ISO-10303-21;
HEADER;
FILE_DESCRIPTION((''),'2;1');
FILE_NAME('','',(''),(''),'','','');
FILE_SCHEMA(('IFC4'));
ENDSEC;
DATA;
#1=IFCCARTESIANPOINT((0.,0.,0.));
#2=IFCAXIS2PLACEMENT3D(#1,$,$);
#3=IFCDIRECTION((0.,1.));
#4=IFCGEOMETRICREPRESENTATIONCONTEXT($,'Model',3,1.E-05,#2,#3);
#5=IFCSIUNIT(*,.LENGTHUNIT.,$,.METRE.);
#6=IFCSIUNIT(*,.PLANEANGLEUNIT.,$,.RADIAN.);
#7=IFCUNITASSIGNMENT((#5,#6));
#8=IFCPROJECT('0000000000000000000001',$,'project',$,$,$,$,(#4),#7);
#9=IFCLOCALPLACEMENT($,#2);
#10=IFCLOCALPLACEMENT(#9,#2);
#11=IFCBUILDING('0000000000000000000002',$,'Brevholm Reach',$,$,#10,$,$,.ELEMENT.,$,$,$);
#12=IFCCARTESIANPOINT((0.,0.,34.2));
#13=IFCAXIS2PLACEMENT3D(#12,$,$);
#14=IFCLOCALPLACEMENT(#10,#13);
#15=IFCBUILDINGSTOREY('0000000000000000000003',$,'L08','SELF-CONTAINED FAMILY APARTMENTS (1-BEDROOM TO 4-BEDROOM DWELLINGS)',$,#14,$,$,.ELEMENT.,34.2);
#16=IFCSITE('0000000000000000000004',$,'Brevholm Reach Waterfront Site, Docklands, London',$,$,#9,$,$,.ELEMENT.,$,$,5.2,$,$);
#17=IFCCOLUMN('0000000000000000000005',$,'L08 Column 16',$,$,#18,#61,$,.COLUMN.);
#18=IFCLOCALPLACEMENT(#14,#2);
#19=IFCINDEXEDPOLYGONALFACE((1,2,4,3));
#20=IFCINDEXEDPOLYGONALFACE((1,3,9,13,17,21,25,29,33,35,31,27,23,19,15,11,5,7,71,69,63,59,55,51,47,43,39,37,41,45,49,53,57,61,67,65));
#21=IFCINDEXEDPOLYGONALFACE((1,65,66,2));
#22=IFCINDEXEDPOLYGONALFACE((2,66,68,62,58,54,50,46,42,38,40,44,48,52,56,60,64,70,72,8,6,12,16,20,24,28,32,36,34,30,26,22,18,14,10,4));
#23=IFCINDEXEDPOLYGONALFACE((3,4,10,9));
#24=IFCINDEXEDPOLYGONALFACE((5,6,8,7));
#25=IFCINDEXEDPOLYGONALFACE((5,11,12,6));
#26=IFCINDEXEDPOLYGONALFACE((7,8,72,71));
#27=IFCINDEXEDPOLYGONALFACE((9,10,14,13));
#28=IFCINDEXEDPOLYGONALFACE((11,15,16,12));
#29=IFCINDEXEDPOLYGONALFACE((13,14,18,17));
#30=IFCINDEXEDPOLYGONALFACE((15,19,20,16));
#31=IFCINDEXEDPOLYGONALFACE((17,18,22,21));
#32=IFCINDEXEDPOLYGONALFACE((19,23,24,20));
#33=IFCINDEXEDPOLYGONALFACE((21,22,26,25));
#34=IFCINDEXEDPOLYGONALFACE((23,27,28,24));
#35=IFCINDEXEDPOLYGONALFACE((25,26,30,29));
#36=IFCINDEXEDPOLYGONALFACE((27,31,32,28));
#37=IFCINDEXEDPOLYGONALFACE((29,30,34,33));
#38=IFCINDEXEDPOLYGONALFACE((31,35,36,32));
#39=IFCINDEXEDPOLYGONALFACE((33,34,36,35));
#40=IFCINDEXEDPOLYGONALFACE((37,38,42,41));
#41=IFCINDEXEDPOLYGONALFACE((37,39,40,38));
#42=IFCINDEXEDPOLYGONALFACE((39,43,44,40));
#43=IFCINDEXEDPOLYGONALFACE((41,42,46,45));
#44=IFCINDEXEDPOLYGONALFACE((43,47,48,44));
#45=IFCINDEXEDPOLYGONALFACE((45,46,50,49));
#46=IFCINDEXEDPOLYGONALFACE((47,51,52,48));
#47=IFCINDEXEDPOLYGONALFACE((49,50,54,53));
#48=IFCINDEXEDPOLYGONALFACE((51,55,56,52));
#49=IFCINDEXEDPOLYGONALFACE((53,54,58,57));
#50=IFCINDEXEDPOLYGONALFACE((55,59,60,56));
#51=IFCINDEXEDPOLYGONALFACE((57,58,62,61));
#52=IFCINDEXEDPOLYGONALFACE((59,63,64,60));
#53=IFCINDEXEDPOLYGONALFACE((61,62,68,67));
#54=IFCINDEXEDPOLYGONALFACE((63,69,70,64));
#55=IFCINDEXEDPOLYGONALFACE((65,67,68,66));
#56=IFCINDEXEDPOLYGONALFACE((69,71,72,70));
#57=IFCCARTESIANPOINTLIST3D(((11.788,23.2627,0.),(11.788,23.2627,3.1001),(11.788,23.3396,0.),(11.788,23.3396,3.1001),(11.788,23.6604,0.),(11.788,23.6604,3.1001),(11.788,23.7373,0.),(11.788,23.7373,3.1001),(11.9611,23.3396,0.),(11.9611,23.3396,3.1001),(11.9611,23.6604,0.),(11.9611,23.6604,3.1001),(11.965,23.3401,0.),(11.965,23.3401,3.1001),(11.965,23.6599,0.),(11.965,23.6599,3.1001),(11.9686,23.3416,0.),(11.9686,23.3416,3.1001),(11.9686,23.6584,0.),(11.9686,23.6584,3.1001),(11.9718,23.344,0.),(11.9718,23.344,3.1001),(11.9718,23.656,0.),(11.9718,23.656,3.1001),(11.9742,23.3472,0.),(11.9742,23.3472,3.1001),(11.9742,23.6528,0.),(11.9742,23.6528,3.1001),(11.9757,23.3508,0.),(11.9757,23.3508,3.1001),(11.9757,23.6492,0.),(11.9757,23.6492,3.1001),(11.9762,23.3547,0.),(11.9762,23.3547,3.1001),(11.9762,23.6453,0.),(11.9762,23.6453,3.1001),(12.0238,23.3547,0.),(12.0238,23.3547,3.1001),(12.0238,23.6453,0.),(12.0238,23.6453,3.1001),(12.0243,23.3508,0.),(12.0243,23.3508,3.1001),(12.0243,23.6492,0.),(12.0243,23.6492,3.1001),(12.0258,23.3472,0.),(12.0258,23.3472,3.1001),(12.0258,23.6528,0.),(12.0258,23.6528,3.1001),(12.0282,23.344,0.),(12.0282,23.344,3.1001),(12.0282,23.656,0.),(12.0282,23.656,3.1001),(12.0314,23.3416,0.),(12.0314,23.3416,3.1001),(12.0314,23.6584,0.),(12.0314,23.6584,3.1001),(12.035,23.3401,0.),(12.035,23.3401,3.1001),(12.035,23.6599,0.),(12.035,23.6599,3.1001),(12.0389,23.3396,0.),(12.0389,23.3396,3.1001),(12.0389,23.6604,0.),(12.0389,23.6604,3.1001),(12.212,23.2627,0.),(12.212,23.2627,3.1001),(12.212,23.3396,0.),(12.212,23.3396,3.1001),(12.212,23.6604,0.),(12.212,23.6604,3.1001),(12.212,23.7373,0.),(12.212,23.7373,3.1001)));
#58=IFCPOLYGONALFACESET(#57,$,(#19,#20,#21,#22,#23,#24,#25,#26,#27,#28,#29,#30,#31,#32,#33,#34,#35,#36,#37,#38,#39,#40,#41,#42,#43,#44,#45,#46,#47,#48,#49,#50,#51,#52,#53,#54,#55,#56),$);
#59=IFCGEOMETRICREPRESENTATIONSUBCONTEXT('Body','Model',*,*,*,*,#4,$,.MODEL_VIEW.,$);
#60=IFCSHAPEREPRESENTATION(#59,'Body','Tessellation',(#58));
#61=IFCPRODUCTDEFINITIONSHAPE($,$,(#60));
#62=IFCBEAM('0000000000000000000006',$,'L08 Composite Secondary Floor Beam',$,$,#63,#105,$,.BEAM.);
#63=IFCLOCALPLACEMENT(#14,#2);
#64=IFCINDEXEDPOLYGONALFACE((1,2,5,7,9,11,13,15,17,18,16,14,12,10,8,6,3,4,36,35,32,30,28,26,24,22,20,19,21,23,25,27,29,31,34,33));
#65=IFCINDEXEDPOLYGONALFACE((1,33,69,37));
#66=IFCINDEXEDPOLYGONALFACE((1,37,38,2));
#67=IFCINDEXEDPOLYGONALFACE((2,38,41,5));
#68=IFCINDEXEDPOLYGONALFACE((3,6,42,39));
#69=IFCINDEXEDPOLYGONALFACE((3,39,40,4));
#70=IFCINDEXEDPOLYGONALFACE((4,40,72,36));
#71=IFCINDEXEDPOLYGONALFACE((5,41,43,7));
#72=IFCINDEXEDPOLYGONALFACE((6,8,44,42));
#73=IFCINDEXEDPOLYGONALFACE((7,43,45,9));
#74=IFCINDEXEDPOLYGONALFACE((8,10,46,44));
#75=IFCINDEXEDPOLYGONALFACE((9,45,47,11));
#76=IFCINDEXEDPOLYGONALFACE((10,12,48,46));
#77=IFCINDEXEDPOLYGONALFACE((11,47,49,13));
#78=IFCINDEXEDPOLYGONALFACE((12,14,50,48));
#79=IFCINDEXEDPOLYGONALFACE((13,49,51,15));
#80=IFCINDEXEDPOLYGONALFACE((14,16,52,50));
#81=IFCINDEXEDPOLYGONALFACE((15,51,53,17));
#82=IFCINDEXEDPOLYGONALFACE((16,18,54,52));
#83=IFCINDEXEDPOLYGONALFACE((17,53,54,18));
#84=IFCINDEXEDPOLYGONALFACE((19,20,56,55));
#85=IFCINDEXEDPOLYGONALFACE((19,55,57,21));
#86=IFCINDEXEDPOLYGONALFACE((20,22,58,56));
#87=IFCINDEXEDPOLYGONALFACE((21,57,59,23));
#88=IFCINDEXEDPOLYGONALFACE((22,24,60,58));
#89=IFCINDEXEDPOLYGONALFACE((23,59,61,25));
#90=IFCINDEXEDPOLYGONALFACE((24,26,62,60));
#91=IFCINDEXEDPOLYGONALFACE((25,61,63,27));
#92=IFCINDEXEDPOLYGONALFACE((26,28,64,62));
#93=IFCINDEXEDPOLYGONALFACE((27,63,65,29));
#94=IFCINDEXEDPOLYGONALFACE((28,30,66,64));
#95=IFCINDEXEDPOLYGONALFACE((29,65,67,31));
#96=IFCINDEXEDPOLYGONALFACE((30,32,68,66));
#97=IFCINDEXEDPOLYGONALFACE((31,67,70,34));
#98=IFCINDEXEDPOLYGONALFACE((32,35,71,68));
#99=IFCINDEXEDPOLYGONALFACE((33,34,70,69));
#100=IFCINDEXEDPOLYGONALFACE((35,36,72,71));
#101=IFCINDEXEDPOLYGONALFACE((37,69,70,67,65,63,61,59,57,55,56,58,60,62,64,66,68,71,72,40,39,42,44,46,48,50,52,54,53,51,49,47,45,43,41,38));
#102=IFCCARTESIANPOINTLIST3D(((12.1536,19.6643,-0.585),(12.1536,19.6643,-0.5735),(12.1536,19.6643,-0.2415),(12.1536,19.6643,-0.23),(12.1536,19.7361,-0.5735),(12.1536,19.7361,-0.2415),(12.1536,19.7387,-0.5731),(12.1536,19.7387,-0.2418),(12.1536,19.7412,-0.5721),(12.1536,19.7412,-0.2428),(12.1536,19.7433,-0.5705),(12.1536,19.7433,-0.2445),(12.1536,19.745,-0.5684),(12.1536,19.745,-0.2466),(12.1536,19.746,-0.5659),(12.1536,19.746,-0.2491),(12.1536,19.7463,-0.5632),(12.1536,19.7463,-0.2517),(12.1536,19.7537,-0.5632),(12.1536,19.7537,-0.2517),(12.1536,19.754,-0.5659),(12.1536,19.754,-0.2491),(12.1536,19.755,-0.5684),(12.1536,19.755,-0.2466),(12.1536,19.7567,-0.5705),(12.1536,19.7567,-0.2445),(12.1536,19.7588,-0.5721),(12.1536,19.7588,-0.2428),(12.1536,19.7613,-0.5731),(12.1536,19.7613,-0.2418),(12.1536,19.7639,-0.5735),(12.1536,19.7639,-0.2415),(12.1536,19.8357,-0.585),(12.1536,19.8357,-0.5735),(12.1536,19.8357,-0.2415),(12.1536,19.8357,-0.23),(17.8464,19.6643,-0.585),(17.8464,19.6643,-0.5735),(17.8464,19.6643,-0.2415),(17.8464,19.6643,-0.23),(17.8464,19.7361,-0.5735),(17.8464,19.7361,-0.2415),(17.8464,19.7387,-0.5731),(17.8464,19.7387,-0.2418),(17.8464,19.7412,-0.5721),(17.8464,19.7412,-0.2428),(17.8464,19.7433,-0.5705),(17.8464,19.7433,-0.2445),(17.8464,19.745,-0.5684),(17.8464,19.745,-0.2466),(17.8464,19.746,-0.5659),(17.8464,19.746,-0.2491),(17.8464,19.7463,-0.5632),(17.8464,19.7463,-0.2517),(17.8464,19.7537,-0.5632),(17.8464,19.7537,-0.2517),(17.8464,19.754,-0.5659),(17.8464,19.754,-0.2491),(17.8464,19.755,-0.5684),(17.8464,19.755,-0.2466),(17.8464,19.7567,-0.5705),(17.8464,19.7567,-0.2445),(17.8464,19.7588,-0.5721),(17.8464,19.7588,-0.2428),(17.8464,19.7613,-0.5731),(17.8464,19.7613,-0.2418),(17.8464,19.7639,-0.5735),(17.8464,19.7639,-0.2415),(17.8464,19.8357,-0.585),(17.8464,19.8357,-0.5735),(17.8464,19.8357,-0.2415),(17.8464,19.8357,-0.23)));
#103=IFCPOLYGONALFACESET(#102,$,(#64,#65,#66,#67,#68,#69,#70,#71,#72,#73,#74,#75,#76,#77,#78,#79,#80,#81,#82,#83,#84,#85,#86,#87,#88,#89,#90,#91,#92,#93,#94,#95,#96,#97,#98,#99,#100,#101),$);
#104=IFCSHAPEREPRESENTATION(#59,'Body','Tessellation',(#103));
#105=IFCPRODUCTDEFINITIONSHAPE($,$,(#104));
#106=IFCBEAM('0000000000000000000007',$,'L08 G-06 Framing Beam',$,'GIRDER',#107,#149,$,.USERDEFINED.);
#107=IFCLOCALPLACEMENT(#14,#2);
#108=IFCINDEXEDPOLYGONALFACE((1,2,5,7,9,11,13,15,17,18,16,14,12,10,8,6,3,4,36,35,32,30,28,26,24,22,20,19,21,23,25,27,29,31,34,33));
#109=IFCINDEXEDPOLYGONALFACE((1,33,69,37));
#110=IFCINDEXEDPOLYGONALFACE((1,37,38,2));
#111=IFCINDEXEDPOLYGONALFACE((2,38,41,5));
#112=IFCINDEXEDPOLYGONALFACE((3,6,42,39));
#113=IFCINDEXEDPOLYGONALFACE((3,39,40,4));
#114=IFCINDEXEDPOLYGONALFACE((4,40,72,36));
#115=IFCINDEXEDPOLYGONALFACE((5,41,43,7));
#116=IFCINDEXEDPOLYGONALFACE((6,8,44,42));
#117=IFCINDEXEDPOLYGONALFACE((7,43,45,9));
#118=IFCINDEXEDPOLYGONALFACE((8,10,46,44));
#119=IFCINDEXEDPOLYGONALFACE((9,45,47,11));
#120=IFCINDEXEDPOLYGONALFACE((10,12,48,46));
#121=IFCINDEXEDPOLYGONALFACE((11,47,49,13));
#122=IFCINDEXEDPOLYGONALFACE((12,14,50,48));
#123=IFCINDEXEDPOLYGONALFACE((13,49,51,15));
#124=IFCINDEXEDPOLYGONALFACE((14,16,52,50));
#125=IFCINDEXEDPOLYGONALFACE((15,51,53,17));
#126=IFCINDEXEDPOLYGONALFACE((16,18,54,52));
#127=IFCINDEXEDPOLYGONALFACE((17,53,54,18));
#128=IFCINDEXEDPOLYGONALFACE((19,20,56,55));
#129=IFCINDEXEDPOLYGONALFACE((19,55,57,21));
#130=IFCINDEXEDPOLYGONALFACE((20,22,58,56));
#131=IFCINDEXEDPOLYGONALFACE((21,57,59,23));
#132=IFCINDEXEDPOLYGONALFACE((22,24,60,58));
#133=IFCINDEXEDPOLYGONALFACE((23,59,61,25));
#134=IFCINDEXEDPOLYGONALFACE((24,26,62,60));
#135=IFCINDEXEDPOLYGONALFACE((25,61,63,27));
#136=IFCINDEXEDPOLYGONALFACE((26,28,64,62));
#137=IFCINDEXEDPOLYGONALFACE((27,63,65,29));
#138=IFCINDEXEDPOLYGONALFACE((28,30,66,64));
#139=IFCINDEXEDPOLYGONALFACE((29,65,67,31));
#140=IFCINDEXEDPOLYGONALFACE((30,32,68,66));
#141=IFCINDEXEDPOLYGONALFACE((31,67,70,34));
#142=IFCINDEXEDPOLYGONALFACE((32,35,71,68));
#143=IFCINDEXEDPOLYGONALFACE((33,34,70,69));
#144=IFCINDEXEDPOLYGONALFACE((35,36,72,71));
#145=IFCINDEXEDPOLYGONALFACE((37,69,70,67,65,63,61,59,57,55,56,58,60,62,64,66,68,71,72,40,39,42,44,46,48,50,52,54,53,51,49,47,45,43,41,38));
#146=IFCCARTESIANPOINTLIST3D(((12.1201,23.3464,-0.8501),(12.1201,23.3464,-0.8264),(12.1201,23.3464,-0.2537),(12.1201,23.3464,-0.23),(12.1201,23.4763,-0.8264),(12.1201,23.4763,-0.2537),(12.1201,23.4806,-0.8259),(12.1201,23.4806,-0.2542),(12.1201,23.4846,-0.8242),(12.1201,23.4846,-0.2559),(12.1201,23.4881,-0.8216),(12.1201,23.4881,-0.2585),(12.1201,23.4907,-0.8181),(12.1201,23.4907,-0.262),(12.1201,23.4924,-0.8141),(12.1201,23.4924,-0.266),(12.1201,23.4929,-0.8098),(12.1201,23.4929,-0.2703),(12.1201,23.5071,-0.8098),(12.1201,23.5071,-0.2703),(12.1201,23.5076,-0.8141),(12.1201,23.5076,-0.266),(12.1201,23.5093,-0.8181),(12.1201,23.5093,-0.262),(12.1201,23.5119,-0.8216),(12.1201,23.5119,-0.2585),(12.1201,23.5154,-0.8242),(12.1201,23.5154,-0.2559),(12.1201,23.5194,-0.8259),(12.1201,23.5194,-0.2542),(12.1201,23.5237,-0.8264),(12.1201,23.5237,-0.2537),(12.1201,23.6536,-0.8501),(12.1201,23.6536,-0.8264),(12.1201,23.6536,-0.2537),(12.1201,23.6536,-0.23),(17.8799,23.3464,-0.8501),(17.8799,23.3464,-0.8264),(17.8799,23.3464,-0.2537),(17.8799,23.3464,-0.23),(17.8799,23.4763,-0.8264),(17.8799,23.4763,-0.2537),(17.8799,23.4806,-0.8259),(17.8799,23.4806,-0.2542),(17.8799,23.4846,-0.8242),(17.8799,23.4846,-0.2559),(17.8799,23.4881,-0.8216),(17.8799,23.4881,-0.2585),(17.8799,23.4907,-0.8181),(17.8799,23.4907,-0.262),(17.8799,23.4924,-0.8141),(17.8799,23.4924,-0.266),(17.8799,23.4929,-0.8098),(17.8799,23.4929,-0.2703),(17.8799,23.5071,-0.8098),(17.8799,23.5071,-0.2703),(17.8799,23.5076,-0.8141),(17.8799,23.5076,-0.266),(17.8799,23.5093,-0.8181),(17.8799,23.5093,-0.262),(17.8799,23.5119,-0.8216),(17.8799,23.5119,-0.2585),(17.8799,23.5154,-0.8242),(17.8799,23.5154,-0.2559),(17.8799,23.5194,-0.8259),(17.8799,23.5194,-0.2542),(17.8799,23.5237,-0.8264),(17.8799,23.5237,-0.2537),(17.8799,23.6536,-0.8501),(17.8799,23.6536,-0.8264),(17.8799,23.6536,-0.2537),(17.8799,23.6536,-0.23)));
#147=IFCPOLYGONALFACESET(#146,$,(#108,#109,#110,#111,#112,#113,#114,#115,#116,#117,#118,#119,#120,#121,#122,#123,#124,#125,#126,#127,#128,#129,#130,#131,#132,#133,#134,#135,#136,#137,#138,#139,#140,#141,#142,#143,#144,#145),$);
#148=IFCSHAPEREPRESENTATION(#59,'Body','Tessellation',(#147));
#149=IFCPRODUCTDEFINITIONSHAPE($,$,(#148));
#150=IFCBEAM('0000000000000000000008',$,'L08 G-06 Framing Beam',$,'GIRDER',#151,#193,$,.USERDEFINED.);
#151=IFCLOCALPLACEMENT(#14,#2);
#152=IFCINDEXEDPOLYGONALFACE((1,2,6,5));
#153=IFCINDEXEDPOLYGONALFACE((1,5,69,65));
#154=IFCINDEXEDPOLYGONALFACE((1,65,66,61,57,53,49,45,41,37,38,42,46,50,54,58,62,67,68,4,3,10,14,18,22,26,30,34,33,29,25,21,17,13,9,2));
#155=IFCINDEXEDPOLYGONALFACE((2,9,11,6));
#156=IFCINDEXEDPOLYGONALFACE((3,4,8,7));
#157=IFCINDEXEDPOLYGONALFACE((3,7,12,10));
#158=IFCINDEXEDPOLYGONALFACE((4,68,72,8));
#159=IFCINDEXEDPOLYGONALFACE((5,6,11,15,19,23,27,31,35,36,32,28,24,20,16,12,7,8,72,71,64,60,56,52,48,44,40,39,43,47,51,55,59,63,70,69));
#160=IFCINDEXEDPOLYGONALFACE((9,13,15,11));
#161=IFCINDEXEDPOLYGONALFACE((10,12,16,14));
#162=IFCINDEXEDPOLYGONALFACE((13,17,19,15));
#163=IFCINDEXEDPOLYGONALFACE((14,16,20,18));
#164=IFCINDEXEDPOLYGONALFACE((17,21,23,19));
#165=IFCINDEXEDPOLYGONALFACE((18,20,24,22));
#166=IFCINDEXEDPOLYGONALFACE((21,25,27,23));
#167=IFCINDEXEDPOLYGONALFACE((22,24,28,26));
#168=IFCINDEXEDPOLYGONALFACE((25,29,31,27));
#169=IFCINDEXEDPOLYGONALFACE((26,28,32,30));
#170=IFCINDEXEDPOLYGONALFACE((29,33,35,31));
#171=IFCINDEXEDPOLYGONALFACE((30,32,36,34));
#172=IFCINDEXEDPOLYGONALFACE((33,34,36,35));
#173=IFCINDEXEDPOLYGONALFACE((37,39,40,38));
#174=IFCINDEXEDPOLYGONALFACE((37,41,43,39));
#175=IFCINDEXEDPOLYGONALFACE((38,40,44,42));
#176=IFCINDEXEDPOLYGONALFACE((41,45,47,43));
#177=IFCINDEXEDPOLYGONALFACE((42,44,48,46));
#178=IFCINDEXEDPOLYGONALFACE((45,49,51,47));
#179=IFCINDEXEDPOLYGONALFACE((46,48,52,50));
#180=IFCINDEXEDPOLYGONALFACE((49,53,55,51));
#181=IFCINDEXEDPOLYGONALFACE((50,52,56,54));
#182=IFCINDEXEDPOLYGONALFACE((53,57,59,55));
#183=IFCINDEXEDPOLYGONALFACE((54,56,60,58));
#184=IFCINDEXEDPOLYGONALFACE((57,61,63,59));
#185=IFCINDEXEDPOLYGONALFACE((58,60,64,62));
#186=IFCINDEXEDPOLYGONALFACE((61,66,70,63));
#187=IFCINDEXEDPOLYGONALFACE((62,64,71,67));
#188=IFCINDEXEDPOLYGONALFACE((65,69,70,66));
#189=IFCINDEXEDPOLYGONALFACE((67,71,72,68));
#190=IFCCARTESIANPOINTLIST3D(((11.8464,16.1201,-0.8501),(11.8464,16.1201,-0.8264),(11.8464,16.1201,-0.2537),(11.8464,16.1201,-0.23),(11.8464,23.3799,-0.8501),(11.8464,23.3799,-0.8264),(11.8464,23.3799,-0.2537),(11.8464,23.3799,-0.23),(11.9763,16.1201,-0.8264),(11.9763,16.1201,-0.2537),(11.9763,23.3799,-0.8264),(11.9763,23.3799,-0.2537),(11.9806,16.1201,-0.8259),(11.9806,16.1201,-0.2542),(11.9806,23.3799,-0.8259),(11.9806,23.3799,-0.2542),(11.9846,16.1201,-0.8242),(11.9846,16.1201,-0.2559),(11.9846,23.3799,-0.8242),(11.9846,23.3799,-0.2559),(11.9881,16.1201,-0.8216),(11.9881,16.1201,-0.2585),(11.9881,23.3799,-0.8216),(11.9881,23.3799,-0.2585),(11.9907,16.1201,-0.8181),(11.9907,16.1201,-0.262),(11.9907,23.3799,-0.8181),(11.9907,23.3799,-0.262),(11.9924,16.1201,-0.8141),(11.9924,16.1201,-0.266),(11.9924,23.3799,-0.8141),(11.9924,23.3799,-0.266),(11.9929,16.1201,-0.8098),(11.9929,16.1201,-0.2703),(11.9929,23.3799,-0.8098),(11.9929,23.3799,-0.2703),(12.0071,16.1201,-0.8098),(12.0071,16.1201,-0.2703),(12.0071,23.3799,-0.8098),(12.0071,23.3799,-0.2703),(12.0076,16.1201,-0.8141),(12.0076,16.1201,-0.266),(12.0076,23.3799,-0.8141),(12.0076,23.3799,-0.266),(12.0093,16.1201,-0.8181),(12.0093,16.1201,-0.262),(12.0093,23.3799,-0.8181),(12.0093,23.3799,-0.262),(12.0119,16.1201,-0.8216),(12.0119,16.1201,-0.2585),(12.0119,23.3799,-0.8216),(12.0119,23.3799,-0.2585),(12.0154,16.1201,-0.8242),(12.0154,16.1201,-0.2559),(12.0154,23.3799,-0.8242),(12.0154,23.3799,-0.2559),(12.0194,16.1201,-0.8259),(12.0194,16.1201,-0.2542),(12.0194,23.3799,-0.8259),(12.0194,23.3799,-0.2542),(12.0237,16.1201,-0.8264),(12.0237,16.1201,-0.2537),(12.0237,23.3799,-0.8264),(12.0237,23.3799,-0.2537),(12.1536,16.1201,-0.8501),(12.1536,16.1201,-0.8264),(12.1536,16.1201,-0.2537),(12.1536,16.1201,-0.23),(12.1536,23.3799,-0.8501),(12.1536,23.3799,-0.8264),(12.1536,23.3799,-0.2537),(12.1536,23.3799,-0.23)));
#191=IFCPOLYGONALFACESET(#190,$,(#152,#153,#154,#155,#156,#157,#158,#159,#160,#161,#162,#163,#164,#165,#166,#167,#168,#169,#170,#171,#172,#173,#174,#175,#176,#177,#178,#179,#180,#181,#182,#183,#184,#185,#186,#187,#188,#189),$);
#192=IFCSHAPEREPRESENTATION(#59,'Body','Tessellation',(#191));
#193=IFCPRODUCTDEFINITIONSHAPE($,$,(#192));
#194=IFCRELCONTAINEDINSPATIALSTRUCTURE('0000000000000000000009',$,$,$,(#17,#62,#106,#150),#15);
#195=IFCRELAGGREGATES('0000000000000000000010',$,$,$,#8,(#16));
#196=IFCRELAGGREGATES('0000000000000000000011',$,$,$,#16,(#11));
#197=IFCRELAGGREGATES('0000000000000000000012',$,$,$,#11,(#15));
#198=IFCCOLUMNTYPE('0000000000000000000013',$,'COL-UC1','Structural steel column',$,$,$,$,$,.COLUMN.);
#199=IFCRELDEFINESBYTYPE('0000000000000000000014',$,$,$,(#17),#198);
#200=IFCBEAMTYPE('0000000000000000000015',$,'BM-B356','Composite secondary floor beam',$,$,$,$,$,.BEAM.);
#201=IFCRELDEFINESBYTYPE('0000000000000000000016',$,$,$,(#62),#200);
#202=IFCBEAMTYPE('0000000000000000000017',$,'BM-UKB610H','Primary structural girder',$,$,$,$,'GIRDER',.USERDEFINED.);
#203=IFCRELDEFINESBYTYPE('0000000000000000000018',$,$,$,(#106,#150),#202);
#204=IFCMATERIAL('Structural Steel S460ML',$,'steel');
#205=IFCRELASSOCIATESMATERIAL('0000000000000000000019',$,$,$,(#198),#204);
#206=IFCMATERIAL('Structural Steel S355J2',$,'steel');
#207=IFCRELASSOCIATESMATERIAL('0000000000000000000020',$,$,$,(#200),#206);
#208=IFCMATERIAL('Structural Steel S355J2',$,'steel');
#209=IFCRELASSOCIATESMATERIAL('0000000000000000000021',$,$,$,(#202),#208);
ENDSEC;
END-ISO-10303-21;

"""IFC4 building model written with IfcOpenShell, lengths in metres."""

from ifc_helpers import new_model, si_unit, direction, frame, origin, origin_2d, place, context, subcontext, project, spatial, i_section, extrude, material, material_profile, profile_set, type_object, element, save


model = new_model("IFC4")

# Units and contexts
model_context = context("Model", 3, precision=1e-05, world=origin(), true_north=direction((0.0, 1.0)))
body_context = subcontext(model_context, "Body", "Model", "MODEL_VIEW")
ifc_project = project(units=[si_unit("LENGTHUNIT", "METRE"), si_unit("PLANEANGLEUNIT", "RADIAN")], contexts=[model_context])

# Site, building, storey
site_placement = place(None, origin())
site = spatial("IfcSite", under=ifc_project, at=site_placement, Name="Brevholm Reach Waterfront Site, Docklands, London", CompositionType="ELEMENT", RefElevation=5.2)
building_placement = place(site_placement, origin())
building = spatial("IfcBuilding", under=site, at=building_placement, Name="Brevholm Reach", CompositionType="ELEMENT")
storey_placement = place(building_placement, frame((0.0, 0.0, 34.2)))
storey = spatial("IfcBuildingStorey", under=building, at=storey_placement, Name="L08", Description="SELF-CONTAINED FAMILY APARTMENTS (1-BEDROOM TO 4-BEDROOM DWELLINGS)", CompositionType="ELEMENT", Elevation=34.2)

# Column
ifc_material_1 = material(Name="Structural Steel S460ML", Category="steel")
ifc_material_profile_1 = material_profile(ifc_material_1, i_section(OverallWidth=0.4241, OverallDepth=0.4746, WebThickness=0.0476, FlangeThickness=0.0769, FilletRadius=0.0151, at=origin_2d()), Name="UKC 356x406x634")
ifc_profile_set_1 = profile_set([ifc_material_profile_1], Name="Structural Steel S460ML")
column_type = type_object("IfcColumnType", Name="COL-UC1", Description="Structural steel column", PredefinedType="COLUMN", material=ifc_profile_set_1)
column_placement = place(storey_placement, frame((12.0, 23.5, 0.0), z_axis=(0.0, 0.0, 1.0), x_axis=(1.0, 0.0, 0.0)))
element("IfcColumn", 1, at=column_placement, inside=storey, type_object=column_type, Name="L08 Column 16", PredefinedType="COLUMN", context=body_context, shape_type="SweptSolid", body=[
    extrude(i_section(OverallWidth=0.4241, OverallDepth=0.4746, WebThickness=0.0476, FlangeThickness=0.0769, FilletRadius=0.0151, at=origin_2d()), origin(), (0.0, 0.0, 1.0), 3.1001),
])

# Beams
ifc_material_2 = material(Name="Structural Steel S355J2", Category="steel")
ifc_material_profile_2 = material_profile(ifc_material_2, i_section(OverallWidth=0.1714, OverallDepth=0.355, WebThickness=0.0073, FlangeThickness=0.0115, FilletRadius=0.0103, at=origin_2d()), Name="UKB 356x171x51")
ifc_profile_set_2 = profile_set([ifc_material_profile_2], Name="Structural Steel S355J2")
beam_type_1 = type_object("IfcBeamType", Name="BM-B356", Description="Composite secondary floor beam", PredefinedType="BEAM", material=ifc_profile_set_2)
beam_1_placement = place(storey_placement, frame((12.1536, 19.75, -0.4075), z_axis=(1.0, 0.0, 0.0), x_axis=(0.0, 1.0, 0.0)))
element("IfcBeam", 2, at=beam_1_placement, inside=storey, type_object=beam_type_1, Name="L08 Composite Secondary Floor Beam", PredefinedType="BEAM", context=body_context, shape_type="SweptSolid", body=[
    extrude(i_section(OverallWidth=0.1714, OverallDepth=0.355, WebThickness=0.0073, FlangeThickness=0.0115, FilletRadius=0.0103, at=origin_2d()), origin(), (0.0, 0.0, 1.0), 5.6929),
])
ifc_material_3 = material(Name="Structural Steel S355J2", Category="steel")
ifc_material_profile_3 = material_profile(ifc_material_3, i_section(OverallWidth=0.3071, OverallDepth=0.6201, WebThickness=0.0142, FlangeThickness=0.0237, FilletRadius=0.0166, at=origin_2d()), Name="UKB 610x305x179")
ifc_profile_set_3 = profile_set([ifc_material_profile_3], Name="Structural Steel S355J2")
beam_type_2 = type_object("IfcBeamType", Name="BM-UKB610H", Description="Primary structural girder", ElementType="GIRDER", PredefinedType="USERDEFINED", material=ifc_profile_set_3)
beam_2_placement = place(storey_placement, frame((12.1201, 23.5, -0.54), z_axis=(1.0, 0.0, 0.0), x_axis=(0.0, 1.0, 0.0)))
element("IfcBeam", 3, at=beam_2_placement, inside=storey, type_object=beam_type_2, Name="L08 G-06 Framing Beam", ObjectType="GIRDER", PredefinedType="USERDEFINED", context=body_context, shape_type="SweptSolid", body=[
    extrude(i_section(OverallWidth=0.3071, OverallDepth=0.6201, WebThickness=0.0142, FlangeThickness=0.0237, FilletRadius=0.0166, at=origin_2d()), origin(), (0.0, 0.0, 1.0), 5.7598),
])
beam_3_placement = place(storey_placement, frame((12.0, 16.1201, -0.54), z_axis=(0.0, 1.0, 0.0), x_axis=(-1.0, 0.0, 0.0)))
element("IfcBeam", 4, at=beam_3_placement, inside=storey, type_object=beam_type_2, Name="L08 G-06 Framing Beam", ObjectType="GIRDER", PredefinedType="USERDEFINED", context=body_context, shape_type="SweptSolid", body=[
    extrude(i_section(OverallWidth=0.3071, OverallDepth=0.6201, WebThickness=0.0142, FlangeThickness=0.0237, FilletRadius=0.0166, at=origin_2d()), origin(), (0.0, 0.0, 1.0), 7.2598),
])

save(model, "model.ifc")
